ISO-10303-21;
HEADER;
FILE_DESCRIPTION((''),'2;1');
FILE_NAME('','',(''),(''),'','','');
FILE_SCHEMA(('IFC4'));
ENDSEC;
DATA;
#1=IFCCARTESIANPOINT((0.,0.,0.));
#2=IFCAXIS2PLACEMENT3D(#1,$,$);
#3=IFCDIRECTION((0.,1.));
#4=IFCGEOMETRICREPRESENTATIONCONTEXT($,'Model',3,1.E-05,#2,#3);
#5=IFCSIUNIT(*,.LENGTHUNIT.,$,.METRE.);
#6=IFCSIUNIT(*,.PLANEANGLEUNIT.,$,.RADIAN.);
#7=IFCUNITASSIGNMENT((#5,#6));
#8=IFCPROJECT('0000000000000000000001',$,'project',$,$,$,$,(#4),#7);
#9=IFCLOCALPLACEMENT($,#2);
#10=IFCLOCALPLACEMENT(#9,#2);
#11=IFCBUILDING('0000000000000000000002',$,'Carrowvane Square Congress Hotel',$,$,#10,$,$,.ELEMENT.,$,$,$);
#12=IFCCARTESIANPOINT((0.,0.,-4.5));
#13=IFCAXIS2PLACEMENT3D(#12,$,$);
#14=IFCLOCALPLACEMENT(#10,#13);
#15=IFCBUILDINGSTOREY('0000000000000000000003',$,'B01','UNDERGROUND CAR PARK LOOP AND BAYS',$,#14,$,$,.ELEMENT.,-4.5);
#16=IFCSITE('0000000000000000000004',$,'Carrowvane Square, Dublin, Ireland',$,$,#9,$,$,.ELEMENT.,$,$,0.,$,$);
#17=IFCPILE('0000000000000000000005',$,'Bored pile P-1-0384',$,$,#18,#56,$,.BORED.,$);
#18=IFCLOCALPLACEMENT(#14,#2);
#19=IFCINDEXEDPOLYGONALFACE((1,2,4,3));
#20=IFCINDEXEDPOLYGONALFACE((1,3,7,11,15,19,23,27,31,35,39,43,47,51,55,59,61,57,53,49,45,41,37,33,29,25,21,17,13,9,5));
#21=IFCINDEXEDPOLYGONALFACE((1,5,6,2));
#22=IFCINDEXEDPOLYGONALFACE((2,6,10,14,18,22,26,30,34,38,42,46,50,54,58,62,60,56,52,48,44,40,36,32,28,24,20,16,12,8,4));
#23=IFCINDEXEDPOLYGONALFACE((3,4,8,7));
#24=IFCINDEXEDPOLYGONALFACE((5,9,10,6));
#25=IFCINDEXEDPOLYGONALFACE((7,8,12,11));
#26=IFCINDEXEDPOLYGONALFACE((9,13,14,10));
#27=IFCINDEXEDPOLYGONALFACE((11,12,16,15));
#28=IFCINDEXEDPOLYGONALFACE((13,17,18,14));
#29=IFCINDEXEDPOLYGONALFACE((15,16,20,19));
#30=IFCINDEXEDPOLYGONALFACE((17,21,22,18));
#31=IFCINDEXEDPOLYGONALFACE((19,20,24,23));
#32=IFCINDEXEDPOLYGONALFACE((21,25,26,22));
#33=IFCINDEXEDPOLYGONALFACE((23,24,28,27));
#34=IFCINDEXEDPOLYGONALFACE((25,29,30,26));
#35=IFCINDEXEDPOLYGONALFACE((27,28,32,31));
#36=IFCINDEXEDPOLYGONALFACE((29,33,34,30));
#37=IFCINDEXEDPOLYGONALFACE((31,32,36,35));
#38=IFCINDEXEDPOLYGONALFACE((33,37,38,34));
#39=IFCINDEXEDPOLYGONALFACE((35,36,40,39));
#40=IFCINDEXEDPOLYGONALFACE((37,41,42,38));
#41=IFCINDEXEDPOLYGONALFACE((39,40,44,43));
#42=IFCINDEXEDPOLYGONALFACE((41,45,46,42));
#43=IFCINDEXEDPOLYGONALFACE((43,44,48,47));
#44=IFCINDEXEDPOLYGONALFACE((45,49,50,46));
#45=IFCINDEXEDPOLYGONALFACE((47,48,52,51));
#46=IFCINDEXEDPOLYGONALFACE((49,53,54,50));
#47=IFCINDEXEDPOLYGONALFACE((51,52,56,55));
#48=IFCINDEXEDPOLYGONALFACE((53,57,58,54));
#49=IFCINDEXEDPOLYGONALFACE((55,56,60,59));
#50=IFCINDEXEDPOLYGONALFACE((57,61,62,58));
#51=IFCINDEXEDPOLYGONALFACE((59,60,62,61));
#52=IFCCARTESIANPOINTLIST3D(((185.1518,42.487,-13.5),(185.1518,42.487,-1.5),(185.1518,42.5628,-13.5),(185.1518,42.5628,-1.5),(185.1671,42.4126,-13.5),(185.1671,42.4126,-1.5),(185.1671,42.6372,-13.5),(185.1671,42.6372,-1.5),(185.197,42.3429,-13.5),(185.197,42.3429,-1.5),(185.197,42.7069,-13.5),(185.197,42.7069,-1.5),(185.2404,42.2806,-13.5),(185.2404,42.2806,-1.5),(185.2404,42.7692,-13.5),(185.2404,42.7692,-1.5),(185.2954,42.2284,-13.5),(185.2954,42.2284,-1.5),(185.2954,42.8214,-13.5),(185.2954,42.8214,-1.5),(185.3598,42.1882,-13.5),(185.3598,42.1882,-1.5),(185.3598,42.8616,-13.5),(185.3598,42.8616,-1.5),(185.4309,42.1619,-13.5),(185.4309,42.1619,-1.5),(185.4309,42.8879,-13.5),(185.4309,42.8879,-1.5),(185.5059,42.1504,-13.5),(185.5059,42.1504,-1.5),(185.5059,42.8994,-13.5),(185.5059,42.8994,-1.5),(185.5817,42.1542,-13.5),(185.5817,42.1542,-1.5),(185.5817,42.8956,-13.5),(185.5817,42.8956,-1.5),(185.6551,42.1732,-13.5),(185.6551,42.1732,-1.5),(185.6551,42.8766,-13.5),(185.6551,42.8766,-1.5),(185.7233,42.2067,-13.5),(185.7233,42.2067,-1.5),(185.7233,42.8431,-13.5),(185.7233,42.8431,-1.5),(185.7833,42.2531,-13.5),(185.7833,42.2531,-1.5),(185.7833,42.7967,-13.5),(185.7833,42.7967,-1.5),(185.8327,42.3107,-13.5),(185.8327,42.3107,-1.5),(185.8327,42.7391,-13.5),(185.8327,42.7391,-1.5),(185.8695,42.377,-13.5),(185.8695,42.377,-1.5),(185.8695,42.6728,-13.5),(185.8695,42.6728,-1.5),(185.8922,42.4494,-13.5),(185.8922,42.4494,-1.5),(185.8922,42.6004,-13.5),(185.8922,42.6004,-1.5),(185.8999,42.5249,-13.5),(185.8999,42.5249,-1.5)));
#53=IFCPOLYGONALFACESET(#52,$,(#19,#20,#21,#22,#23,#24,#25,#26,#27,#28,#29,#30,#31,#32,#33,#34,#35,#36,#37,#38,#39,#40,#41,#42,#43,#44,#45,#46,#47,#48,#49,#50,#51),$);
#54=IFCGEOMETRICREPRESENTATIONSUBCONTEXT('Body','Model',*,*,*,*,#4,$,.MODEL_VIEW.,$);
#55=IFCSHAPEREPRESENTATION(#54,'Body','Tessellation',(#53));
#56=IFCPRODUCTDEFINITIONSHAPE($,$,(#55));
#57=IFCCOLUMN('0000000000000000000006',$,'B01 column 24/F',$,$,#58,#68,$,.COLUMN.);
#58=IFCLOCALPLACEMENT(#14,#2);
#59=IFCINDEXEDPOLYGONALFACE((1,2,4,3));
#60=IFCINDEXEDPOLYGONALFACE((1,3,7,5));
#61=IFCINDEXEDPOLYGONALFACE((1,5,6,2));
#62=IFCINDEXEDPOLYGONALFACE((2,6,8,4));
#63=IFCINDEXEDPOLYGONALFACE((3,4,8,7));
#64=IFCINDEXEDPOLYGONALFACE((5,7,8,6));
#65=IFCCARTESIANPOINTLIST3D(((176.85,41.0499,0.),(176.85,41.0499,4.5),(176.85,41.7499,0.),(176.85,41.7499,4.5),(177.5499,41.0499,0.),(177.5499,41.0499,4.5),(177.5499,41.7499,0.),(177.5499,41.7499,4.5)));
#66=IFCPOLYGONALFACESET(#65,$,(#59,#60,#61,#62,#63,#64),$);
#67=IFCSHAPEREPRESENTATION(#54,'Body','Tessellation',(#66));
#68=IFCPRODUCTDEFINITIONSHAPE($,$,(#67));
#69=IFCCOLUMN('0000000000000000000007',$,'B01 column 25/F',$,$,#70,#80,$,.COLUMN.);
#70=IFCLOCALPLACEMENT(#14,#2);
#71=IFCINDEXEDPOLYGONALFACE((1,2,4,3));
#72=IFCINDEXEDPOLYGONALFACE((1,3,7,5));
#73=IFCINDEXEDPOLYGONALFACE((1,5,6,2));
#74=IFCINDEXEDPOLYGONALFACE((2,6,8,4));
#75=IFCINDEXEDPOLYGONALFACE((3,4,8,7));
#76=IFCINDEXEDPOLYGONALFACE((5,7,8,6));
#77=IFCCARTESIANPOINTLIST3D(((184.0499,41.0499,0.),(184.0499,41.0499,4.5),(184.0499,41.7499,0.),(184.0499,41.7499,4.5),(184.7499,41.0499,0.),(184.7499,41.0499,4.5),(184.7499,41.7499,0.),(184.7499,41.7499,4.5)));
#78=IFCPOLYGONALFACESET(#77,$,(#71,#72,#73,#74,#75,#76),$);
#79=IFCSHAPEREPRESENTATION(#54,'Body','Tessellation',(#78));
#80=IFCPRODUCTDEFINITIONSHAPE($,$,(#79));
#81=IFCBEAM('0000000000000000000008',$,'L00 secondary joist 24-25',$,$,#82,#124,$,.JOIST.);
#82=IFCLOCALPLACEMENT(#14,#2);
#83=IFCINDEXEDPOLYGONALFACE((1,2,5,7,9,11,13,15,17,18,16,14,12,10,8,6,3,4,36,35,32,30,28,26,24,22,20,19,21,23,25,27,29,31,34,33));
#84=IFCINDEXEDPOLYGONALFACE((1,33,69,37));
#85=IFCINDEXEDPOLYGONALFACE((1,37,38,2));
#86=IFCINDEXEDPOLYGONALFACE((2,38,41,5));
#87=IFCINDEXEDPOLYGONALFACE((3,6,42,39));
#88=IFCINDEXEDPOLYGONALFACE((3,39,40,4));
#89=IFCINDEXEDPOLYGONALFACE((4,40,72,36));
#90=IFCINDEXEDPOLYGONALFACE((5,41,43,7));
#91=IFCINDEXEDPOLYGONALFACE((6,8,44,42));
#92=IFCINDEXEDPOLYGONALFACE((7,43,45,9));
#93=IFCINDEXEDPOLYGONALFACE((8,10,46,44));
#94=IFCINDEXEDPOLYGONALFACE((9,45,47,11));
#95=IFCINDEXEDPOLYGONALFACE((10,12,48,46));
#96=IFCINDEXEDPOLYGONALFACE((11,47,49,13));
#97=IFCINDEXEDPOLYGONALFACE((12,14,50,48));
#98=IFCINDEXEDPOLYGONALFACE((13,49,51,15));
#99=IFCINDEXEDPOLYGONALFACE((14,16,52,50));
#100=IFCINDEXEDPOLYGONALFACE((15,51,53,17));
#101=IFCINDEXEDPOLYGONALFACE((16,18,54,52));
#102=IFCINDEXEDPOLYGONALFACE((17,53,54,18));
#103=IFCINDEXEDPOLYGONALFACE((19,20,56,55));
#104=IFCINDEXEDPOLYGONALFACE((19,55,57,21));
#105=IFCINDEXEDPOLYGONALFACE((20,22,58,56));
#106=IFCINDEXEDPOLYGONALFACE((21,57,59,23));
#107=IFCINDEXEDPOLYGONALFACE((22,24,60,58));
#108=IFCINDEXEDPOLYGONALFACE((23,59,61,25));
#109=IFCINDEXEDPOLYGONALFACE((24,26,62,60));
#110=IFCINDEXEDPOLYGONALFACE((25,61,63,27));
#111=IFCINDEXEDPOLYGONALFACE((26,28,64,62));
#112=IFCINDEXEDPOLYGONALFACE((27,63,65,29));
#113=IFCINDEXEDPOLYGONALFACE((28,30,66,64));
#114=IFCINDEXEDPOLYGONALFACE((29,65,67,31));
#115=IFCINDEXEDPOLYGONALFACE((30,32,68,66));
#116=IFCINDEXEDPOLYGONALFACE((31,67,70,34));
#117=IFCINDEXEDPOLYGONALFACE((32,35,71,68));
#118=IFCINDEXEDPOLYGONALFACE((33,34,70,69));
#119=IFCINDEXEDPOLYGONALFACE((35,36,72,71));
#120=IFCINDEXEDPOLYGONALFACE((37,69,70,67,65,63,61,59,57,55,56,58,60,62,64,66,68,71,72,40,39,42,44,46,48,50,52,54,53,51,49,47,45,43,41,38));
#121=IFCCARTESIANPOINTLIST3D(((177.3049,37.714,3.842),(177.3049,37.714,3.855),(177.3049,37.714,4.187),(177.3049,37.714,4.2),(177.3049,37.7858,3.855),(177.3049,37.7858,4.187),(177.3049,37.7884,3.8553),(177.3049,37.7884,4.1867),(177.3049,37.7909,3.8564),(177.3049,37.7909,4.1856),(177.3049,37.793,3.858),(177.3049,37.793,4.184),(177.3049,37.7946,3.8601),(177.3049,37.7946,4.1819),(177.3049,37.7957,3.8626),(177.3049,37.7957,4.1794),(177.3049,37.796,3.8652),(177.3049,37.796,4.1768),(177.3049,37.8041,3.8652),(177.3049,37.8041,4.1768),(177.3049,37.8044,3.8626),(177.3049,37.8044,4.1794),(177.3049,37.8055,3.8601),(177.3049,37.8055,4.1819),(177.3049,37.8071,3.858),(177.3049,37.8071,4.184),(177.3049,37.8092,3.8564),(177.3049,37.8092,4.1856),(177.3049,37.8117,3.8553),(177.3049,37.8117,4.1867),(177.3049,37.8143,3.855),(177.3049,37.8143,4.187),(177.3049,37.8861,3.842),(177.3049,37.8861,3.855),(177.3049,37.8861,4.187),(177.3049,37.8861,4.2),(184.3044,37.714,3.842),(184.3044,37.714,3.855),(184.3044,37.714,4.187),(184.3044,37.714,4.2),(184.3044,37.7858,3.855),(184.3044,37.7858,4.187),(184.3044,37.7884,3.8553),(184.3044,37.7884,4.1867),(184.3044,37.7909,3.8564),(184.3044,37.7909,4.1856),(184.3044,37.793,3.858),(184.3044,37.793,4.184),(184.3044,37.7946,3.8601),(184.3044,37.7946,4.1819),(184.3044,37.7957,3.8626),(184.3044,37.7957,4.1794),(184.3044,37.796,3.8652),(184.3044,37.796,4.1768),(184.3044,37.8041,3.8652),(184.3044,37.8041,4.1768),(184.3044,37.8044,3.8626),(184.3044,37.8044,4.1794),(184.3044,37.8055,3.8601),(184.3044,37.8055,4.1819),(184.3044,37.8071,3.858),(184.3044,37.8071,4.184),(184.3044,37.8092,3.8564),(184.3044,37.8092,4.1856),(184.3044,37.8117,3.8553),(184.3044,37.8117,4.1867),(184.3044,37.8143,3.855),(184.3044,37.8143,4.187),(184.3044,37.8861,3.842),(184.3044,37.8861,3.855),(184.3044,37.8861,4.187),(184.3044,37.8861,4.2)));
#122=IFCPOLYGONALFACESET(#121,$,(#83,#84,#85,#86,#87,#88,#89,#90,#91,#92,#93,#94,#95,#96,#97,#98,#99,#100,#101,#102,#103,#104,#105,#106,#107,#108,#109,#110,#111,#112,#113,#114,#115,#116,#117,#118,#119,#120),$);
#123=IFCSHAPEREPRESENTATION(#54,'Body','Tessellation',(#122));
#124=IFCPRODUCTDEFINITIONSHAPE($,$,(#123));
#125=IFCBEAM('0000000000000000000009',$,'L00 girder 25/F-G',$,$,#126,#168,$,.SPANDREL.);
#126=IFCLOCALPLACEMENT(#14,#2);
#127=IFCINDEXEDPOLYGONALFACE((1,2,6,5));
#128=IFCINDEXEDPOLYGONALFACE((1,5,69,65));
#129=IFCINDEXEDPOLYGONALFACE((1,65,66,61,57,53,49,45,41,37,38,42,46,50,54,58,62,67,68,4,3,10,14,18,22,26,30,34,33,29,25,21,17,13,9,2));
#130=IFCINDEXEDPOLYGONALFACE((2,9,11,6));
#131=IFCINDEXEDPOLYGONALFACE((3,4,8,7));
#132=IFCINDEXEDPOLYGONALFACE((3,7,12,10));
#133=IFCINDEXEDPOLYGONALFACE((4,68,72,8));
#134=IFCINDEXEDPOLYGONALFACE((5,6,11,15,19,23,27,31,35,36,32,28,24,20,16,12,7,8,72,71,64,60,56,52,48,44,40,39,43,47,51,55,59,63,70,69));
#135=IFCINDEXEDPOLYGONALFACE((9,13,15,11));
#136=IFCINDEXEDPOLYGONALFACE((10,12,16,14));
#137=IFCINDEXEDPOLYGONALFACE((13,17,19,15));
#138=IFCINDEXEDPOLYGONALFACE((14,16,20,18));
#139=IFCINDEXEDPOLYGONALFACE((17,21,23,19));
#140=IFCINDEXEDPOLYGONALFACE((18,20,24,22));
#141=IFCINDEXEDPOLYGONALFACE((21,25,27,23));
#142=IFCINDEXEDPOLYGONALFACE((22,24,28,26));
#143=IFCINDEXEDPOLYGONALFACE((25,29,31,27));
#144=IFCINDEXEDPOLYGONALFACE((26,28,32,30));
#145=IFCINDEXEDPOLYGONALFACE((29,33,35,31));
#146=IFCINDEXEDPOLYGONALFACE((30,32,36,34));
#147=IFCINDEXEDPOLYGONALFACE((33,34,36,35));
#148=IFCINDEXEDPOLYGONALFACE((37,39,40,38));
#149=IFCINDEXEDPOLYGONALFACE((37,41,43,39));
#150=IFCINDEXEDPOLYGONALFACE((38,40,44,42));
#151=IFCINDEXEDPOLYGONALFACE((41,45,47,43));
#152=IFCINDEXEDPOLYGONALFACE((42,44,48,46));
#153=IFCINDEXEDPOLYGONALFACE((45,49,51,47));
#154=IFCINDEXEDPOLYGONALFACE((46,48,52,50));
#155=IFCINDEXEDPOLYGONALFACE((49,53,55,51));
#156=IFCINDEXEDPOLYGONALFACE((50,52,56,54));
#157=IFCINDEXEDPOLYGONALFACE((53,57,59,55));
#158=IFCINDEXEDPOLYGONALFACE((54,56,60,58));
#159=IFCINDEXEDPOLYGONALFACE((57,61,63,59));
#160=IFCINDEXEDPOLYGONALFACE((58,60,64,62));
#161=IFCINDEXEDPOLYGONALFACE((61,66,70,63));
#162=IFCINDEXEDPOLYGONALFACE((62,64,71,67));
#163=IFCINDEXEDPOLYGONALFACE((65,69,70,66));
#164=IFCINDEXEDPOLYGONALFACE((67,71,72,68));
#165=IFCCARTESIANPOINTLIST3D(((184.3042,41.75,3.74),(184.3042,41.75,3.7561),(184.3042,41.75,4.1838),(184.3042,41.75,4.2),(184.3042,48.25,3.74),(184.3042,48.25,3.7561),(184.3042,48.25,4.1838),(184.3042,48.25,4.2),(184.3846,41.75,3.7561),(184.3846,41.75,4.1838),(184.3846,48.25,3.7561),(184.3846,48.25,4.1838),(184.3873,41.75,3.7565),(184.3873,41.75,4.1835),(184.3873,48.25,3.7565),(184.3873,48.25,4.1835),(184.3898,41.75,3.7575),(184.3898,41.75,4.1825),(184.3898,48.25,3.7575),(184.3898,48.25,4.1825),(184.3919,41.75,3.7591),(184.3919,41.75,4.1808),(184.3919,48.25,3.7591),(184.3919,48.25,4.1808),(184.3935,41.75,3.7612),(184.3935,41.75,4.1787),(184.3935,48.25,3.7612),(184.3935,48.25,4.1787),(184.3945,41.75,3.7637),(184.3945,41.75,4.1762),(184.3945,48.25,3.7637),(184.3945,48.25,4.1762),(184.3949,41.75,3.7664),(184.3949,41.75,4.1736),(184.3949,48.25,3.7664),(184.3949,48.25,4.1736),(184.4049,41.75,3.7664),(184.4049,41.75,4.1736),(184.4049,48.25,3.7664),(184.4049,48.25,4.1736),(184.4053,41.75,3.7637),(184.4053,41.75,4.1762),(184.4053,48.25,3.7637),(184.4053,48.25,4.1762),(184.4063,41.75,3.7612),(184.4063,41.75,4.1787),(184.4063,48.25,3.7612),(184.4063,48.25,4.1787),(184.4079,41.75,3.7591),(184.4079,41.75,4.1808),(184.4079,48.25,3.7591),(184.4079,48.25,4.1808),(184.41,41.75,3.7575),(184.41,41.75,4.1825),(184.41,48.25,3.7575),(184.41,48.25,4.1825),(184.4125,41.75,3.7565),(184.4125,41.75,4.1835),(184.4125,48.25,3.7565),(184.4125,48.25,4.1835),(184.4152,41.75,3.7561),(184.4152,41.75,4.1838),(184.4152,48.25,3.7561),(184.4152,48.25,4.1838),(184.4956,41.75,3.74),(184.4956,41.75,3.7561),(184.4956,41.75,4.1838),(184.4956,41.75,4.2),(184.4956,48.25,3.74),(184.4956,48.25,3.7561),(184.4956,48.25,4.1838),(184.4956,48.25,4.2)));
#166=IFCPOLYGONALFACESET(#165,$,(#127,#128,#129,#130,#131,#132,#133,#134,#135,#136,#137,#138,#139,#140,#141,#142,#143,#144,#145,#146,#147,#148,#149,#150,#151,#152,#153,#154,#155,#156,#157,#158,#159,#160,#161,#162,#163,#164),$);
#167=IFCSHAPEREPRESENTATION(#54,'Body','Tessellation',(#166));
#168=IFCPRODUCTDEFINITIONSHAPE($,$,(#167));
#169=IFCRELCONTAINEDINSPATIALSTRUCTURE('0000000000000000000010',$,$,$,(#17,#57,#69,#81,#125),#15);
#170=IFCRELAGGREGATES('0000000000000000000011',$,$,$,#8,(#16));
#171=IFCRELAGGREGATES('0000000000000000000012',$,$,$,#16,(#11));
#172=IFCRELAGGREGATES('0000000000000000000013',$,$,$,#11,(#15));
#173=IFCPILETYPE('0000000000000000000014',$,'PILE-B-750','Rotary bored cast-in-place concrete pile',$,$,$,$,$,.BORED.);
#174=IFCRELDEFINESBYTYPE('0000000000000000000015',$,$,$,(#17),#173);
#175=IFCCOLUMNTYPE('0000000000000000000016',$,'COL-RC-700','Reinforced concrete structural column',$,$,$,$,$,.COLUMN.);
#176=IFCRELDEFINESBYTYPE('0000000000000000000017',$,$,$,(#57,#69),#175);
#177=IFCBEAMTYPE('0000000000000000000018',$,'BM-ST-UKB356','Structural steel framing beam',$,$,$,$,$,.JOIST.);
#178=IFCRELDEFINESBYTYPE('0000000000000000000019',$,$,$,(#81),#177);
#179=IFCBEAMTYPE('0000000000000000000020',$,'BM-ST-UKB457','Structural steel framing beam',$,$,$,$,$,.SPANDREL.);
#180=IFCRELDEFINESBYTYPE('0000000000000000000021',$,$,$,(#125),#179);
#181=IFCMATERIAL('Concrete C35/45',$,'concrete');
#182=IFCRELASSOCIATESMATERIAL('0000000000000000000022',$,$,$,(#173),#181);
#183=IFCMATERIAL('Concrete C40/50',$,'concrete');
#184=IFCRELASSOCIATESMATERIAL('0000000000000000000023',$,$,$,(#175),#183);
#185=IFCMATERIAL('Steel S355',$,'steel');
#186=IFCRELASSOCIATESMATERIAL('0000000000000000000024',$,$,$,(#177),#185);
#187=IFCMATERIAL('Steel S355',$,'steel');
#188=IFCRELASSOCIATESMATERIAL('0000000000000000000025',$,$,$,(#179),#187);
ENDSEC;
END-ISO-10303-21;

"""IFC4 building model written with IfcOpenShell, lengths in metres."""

from ifc_helpers import new_model, si_unit, direction, frame, origin, origin_2d, place, context, subcontext, project, spatial, rectangle, circle, i_section, extrude, material, material_profile, profile_set, type_object, element, save


model = new_model("IFC4")

# Units and contexts
model_context = context("Model", 3, precision=1e-05, world=origin(), true_north=direction((0.0, 1.0)))
body_context = subcontext(model_context, "Body", "Model", "MODEL_VIEW")
ifc_project = project(units=[si_unit("LENGTHUNIT", "METRE"), si_unit("PLANEANGLEUNIT", "RADIAN")], contexts=[model_context])

# Site, building, storey
site_placement = place(None, origin())
site = spatial("IfcSite", under=ifc_project, at=site_placement, Name="Carrowvane Square, Dublin, Ireland", CompositionType="ELEMENT", RefElevation=0.0)
building_placement = place(site_placement, origin())
building = spatial("IfcBuilding", under=site, at=building_placement, Name="Carrowvane Square Congress Hotel", CompositionType="ELEMENT")
storey_placement = place(building_placement, frame((0.0, 0.0, -4.5)))
storey = spatial("IfcBuildingStorey", under=building, at=storey_placement, Name="B01", Description="UNDERGROUND CAR PARK LOOP AND BAYS", CompositionType="ELEMENT", Elevation=-4.5)

# Pile
ifc_material_1 = material(Name="Concrete C35/45", Category="concrete")
ifc_material_profile_1 = material_profile(ifc_material_1, circle(Radius=0.375, at=origin_2d()), Name="PILE D750")
ifc_profile_set_1 = profile_set([ifc_material_profile_1], Name="Concrete C35/45")
pile_type_1 = type_object("IfcPileType", Name="PILE-B-750", Description="Rotary bored cast-in-place concrete pile", PredefinedType="BORED", material=ifc_profile_set_1)
for number, where, z_axis, x_axis, name in (
    (1, (185.5249, 42.5249, -1.5), (0.0, 0.0, -1.0), (1.0, 0.0, 0.0), "Bored pile P-1-0384"),
):
    element("IfcPile", number, at=place(storey_placement, frame(where, z_axis=z_axis, x_axis=x_axis)), inside=storey, type_object=pile_type_1, Name=name, PredefinedType="BORED", context=body_context, shape_type="SweptSolid", body=[
        extrude(circle(Radius=0.375, at=origin_2d()), origin(), (0.0, 0.0, 1.0), 12.0),
    ])

# Columns
ifc_material_2 = material(Name="Concrete C40/50", Category="concrete")
ifc_material_profile_2 = material_profile(ifc_material_2, rectangle(XDim=0.7, YDim=0.7, at=origin_2d()), Name="RC 700x700")
ifc_profile_set_2 = profile_set([ifc_material_profile_2], Name="Concrete C40/50")
column_type = type_object("IfcColumnType", Name="COL-RC-700", Description="Reinforced concrete structural column", PredefinedType="COLUMN", material=ifc_profile_set_2)
for number, where, z_axis, x_axis, name in (
    (2, (177.2, 41.3999, 0.0), (0.0, 0.0, 1.0), (1.0, 0.0, 0.0), "B01 column 24/F"),
    (3, (184.3999, 41.3999, 0.0), (0.0, 0.0, 1.0), (1.0, 0.0, 0.0), "B01 column 25/F"),
):
    element("IfcColumn", number, at=place(storey_placement, frame(where, z_axis=z_axis, x_axis=x_axis)), inside=storey, type_object=column_type, Name=name, PredefinedType="COLUMN", context=body_context, shape_type="SweptSolid", body=[
        extrude(rectangle(XDim=0.7, YDim=0.7, at=origin_2d()), origin(), (0.0, 0.0, 1.0), 4.5),
    ])

# Beams
ifc_material_3 = material(Name="Steel S355", Category="steel")
ifc_material_profile_3 = material_profile(ifc_material_3, i_section(OverallWidth=0.1721, OverallDepth=0.3579, WebThickness=0.0081, FlangeThickness=0.0129, FilletRadius=0.0103, at=origin_2d()), Name="UKB 356x171x57")
ifc_profile_set_3 = profile_set([ifc_material_profile_3], Name="Steel S355")
beam_type_1 = type_object("IfcBeamType", Name="BM-ST-UKB356", Description="Structural steel framing beam", PredefinedType="JOIST", material=ifc_profile_set_3)
beam_1_placement = place(storey_placement, frame((177.3049, 37.8, 4.021), z_axis=(1.0, 0.0, 0.0), x_axis=(0.0, 1.0, 0.0)))
element("IfcBeam", 4, at=beam_1_placement, inside=storey, type_object=beam_type_1, Name="L00 secondary joist 24-25", PredefinedType="JOIST", context=body_context, shape_type="SweptSolid", body=[
    extrude(i_section(OverallWidth=0.1721, OverallDepth=0.3579, WebThickness=0.0081, FlangeThickness=0.0129, FilletRadius=0.0103, at=origin_2d()), origin(), (0.0, 0.0, 1.0), 6.9995),
])
ifc_material_4 = material(Name="Steel S355", Category="steel")
ifc_material_profile_4 = material_profile(ifc_material_4, i_section(OverallWidth=0.1914, OverallDepth=0.46, WebThickness=0.01, FlangeThickness=0.0161, FilletRadius=0.0103, at=origin_2d()), Name="UKB 457x191x82")
ifc_profile_set_4 = profile_set([ifc_material_profile_4], Name="Steel S355")
beam_type_2 = type_object("IfcBeamType", Name="BM-ST-UKB457", Description="Structural steel framing beam", PredefinedType="SPANDREL", material=ifc_profile_set_4)
beam_2_placement = place(storey_placement, frame((184.3999, 41.75, 3.97), z_axis=(0.0, 1.0, 0.0), x_axis=(-1.0, 0.0, 0.0)))
element("IfcBeam", 5, at=beam_2_placement, inside=storey, type_object=beam_type_2, Name="L00 girder 25/F-G", PredefinedType="SPANDREL", context=body_context, shape_type="SweptSolid", body=[
    extrude(i_section(OverallWidth=0.1914, OverallDepth=0.46, WebThickness=0.01, FlangeThickness=0.0161, FilletRadius=0.0103, at=origin_2d()), origin(), (0.0, 0.0, 1.0), 6.5),
])

save(model, "model.ifc")
